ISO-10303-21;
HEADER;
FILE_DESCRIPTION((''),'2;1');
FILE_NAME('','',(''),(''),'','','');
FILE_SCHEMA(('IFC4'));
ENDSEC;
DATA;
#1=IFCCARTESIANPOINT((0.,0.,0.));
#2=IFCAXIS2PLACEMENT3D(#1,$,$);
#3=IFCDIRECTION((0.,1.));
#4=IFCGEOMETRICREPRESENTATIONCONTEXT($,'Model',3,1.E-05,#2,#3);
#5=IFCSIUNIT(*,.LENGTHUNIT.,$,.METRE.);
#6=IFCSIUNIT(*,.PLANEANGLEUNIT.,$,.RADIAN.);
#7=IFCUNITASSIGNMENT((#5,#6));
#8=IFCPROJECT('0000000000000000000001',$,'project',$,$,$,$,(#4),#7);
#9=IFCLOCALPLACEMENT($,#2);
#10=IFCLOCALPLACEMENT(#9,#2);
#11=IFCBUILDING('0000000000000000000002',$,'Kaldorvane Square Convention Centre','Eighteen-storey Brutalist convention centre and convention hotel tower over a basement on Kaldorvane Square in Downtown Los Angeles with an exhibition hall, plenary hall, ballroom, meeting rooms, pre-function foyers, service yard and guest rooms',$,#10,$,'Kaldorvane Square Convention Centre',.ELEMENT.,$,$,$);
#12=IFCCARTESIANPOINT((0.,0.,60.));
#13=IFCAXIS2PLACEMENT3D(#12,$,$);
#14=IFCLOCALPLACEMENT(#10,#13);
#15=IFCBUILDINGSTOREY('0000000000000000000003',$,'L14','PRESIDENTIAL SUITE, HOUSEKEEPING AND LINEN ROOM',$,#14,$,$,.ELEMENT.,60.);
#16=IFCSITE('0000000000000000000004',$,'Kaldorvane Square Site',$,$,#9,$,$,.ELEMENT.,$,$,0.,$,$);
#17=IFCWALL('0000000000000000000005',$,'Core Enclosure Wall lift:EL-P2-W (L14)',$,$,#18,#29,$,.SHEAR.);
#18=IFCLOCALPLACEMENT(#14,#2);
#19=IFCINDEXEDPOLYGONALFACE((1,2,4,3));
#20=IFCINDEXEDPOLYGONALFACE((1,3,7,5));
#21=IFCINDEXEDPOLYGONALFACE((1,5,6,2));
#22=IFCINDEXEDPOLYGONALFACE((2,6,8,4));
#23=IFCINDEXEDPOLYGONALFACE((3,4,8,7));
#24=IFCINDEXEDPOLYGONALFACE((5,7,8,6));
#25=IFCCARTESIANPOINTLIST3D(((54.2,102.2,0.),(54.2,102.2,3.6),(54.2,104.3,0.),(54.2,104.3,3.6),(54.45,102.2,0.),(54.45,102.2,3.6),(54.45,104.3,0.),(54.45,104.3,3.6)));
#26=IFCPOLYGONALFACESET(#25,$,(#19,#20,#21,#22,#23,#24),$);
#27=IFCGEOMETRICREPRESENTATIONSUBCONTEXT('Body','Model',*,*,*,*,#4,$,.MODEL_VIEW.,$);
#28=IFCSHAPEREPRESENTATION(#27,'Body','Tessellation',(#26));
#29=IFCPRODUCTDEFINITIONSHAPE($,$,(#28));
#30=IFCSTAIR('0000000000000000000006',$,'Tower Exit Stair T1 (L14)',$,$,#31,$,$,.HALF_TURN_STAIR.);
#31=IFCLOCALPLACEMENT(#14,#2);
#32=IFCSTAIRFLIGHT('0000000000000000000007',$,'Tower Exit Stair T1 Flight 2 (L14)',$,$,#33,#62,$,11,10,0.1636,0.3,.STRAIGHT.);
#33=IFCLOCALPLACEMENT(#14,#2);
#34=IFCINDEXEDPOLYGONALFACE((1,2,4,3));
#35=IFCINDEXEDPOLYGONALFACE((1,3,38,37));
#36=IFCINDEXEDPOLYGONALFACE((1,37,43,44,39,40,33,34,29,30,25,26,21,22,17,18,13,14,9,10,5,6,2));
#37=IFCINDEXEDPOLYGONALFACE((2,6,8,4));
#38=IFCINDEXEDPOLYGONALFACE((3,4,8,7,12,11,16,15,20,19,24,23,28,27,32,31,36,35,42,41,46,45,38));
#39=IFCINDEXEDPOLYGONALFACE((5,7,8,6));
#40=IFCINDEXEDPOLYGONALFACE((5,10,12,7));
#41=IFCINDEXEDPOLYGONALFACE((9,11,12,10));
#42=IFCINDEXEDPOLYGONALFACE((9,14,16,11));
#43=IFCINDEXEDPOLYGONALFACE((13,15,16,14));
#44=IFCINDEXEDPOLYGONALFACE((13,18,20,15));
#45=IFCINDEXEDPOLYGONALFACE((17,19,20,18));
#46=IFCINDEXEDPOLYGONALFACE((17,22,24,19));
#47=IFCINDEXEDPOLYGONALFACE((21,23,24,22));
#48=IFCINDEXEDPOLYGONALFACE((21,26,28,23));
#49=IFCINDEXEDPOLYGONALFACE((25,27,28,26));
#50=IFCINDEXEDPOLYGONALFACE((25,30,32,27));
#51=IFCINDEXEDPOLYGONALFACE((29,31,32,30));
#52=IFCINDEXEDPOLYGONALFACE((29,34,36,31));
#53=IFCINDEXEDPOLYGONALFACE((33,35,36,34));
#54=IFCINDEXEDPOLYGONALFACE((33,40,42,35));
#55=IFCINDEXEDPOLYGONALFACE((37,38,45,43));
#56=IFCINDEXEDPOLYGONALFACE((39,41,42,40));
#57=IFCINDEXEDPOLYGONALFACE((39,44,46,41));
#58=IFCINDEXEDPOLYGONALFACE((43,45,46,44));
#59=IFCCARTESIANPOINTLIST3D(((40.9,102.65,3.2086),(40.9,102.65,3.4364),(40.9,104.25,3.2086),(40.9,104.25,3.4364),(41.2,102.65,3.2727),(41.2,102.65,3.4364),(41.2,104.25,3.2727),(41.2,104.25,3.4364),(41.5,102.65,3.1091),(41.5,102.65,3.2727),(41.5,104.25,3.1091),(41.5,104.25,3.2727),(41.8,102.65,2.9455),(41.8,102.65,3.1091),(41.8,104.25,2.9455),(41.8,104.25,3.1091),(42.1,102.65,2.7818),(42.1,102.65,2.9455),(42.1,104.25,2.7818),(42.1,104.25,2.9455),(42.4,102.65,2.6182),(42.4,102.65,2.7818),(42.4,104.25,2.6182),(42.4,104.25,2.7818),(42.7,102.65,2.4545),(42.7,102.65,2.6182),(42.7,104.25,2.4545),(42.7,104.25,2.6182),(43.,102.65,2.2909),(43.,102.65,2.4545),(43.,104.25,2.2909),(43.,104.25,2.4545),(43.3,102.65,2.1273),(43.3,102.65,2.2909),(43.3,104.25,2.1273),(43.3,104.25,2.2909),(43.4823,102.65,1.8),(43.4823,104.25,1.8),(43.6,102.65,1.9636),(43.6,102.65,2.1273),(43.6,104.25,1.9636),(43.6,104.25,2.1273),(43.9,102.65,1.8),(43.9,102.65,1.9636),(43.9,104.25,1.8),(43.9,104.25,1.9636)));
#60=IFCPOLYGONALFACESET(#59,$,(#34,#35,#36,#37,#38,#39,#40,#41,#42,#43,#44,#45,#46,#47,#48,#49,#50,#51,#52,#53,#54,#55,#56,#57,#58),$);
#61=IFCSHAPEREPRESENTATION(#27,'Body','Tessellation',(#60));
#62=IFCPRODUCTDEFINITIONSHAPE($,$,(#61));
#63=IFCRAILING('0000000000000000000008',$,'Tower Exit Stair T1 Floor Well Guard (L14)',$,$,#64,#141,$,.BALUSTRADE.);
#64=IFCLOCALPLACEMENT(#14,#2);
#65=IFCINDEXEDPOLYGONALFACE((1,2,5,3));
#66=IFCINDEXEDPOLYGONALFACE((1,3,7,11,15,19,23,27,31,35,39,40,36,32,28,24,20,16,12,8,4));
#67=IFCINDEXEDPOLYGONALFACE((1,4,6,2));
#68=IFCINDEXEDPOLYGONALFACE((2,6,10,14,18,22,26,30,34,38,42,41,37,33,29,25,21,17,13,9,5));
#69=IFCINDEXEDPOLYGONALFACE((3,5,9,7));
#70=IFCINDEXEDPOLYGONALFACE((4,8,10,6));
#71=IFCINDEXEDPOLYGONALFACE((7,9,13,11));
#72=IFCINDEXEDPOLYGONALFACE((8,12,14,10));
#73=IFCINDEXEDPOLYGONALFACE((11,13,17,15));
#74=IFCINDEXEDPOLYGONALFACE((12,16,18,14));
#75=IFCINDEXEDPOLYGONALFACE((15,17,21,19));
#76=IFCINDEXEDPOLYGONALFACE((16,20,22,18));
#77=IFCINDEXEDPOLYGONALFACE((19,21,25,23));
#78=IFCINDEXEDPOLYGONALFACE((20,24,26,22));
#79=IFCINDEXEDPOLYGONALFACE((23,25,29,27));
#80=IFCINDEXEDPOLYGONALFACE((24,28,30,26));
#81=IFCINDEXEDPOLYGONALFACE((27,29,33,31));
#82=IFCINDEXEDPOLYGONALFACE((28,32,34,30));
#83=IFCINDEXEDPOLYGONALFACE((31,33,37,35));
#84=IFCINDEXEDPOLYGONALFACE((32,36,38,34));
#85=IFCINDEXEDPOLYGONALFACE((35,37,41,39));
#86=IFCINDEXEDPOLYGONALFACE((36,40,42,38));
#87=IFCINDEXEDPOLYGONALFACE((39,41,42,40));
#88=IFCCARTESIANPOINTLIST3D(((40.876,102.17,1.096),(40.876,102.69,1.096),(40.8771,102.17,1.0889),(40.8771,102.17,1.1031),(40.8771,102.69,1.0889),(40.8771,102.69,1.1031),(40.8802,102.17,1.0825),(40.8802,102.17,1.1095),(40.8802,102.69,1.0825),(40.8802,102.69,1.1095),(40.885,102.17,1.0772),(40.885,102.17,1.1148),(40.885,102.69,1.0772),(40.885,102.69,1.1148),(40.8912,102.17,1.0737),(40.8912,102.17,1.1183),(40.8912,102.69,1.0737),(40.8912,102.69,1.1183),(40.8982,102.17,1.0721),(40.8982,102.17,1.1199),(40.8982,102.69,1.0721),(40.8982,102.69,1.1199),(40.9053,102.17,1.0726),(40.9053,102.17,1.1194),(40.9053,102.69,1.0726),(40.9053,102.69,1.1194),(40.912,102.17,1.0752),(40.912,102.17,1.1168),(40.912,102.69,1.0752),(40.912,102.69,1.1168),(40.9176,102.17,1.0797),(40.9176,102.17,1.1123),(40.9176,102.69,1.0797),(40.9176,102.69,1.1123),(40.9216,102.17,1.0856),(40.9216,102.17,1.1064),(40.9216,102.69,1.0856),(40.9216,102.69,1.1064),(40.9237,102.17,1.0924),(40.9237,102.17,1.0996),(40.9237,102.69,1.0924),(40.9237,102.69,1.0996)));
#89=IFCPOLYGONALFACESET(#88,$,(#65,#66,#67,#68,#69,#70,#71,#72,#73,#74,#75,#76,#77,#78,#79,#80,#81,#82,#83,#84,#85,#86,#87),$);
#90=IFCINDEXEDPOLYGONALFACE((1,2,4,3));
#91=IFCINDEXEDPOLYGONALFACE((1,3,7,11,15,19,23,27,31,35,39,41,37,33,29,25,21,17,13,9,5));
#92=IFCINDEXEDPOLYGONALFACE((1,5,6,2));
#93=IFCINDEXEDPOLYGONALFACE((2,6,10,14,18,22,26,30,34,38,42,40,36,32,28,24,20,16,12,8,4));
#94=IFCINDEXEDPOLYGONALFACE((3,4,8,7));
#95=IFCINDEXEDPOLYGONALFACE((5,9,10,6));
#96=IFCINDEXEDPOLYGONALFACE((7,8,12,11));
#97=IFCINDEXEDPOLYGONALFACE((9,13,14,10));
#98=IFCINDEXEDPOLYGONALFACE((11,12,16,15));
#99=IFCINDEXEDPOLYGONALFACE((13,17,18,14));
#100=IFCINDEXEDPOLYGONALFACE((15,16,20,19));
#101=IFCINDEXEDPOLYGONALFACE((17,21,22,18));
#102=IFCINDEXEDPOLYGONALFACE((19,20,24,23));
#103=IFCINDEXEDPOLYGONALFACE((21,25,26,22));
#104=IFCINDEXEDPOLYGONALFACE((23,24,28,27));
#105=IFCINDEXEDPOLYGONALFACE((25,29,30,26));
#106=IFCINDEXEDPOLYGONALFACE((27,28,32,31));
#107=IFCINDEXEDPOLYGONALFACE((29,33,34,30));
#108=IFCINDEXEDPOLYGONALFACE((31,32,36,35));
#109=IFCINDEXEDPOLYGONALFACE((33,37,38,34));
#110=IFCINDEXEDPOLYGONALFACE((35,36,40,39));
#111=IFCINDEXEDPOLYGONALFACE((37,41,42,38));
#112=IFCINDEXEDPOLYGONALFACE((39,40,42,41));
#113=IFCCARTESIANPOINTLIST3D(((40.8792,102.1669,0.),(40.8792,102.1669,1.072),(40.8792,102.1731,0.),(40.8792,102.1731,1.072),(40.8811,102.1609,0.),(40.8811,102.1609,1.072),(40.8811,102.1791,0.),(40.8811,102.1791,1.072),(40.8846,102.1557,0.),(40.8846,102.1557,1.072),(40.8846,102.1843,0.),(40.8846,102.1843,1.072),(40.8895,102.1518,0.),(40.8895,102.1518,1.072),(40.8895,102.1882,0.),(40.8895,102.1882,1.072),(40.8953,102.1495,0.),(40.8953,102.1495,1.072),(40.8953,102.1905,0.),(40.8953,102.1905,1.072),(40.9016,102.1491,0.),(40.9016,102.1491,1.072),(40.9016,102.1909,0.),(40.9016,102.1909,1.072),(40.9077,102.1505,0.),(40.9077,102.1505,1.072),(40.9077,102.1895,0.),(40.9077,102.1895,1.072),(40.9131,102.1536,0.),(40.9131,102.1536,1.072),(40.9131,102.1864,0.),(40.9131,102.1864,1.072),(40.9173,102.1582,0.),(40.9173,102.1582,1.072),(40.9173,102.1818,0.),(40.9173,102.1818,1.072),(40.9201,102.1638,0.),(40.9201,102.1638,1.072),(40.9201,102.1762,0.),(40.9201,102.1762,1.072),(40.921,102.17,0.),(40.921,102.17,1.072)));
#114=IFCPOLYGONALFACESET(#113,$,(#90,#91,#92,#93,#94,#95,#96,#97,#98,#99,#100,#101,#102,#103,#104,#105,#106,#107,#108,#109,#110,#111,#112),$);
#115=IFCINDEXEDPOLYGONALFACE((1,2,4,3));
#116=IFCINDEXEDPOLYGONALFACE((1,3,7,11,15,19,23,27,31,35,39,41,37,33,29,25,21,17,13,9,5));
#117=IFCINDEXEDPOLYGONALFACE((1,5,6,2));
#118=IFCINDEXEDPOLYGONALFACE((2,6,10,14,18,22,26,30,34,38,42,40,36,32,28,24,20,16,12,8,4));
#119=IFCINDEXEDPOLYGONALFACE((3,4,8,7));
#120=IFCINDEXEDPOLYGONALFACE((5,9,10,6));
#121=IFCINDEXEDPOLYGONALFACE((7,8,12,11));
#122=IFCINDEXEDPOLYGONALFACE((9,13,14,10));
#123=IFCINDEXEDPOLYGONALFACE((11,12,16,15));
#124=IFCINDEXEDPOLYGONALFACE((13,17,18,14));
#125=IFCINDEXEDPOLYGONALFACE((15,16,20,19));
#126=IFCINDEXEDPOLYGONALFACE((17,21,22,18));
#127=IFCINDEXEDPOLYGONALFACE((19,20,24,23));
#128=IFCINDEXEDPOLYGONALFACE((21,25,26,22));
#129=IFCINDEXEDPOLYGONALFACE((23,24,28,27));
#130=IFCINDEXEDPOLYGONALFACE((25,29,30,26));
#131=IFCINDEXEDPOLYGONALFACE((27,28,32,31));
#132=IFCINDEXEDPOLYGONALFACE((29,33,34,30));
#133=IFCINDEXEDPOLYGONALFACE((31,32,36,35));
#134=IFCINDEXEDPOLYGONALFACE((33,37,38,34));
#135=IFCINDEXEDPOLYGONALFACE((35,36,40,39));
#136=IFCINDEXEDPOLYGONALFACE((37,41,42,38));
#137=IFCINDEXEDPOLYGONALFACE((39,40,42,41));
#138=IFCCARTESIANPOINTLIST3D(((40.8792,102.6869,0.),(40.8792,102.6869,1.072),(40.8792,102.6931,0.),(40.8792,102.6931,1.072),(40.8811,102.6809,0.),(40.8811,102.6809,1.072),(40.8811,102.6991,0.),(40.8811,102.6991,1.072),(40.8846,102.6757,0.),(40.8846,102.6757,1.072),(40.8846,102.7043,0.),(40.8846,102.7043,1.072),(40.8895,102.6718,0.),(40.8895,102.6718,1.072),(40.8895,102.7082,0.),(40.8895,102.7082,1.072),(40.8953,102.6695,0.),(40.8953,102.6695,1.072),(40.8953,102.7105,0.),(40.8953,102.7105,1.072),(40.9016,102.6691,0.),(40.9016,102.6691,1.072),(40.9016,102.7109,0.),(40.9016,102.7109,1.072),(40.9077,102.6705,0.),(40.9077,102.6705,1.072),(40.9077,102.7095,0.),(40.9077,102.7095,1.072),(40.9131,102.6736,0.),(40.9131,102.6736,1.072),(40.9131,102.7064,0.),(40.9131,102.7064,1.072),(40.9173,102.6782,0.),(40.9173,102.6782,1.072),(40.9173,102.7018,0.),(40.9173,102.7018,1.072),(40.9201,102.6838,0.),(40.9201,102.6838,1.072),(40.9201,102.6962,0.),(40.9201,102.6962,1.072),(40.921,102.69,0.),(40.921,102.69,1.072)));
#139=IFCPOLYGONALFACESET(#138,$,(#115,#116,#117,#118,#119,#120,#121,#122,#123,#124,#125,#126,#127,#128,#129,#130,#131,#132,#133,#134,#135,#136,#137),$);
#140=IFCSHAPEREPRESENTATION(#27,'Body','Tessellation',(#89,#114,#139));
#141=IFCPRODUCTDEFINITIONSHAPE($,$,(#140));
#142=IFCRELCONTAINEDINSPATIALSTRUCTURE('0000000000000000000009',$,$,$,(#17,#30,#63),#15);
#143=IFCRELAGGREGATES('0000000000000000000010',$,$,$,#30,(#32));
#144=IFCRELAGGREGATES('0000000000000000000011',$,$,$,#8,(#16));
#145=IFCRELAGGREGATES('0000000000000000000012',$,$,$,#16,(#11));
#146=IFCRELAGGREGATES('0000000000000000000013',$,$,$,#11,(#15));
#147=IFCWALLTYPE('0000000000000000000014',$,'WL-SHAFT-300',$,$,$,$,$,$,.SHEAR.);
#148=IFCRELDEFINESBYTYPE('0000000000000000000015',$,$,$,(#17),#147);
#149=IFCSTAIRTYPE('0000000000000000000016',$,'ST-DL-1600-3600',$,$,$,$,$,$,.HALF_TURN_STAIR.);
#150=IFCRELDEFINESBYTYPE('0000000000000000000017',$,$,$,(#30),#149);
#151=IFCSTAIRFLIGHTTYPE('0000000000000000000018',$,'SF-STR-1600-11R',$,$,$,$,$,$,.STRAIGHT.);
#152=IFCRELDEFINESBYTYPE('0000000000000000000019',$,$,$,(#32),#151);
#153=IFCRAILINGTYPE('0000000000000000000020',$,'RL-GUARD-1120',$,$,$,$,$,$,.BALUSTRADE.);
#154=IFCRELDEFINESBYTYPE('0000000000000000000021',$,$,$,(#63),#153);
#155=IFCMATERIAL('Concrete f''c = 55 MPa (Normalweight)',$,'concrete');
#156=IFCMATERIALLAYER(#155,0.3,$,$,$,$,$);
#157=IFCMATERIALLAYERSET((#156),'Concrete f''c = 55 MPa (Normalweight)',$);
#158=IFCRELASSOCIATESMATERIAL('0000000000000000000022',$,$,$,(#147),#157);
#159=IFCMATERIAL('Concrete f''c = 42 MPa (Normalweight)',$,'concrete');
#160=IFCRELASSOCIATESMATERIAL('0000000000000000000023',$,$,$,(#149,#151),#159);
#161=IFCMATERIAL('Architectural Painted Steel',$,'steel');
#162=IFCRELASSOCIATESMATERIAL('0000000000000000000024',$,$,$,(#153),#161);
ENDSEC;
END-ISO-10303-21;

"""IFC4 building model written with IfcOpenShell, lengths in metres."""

from ifc_helpers import new_model, si_unit, direction, frame, frame_2d, origin, origin_2d, place, context, subcontext, project, spatial, polyline, rectangle, circle, outline, extrude, material, layer, layer_set, type_object, element, aggregate, save


model = new_model("IFC4")

# Units and contexts
model_context = context("Model", 3, precision=1e-05, world=origin(), true_north=direction((0.0, 1.0)))
body_context = subcontext(model_context, "Body", "Model", "MODEL_VIEW")
ifc_project = project(units=[si_unit("LENGTHUNIT", "METRE"), si_unit("PLANEANGLEUNIT", "RADIAN")], contexts=[model_context])

# Site, building, storey
site_placement = place(None, origin())
site = spatial("IfcSite", under=ifc_project, at=site_placement, Name="Kaldorvane Square Site", CompositionType="ELEMENT", RefElevation=0.0)
building_placement = place(site_placement, origin())
building = spatial("IfcBuilding", under=site, at=building_placement, Name="Kaldorvane Square Convention Centre", Description="Eighteen-storey Brutalist convention centre and convention hotel tower over a basement on Kaldorvane Square in Downtown Los Angeles with an exhibition hall, plenary hall, ballroom, meeting rooms, pre-function foyers, service yard and guest rooms", LongName="Kaldorvane Square Convention Centre", CompositionType="ELEMENT")
storey_placement = place(building_placement, frame((0.0, 0.0, 60.0)))
storey = spatial("IfcBuildingStorey", under=building, at=storey_placement, Name="L14", Description="PRESIDENTIAL SUITE, HOUSEKEEPING AND LINEN ROOM", CompositionType="ELEMENT", Elevation=60.0)

# Shared definitions
ifc_material_1 = material(Name="Concrete f'c = 42 MPa (Normalweight)", Category="concrete")

# Wall
ifc_material_2 = material(Name="Concrete f'c = 55 MPa (Normalweight)", Category="concrete")
ifc_layer = layer(ifc_material_2, 0.3)
ifc_layer_set = layer_set([ifc_layer], Name="Concrete f'c = 55 MPa (Normalweight)")
wall_type = type_object("IfcWallType", Name="WL-SHAFT-300", PredefinedType="SHEAR", material=ifc_layer_set)
for number, where, z_axis, x_axis, name in (
    (1, (54.325, 104.3, 0.0), (0.0, 0.0, 1.0), (0.0, -1.0, 0.0), "Core Enclosure Wall lift:EL-P2-W (L14)"),
):
    element("IfcWall", number, at=place(storey_placement, frame(where, z_axis=z_axis, x_axis=x_axis)), inside=storey, type_object=wall_type, Name=name, PredefinedType="SHEAR", context=body_context, shape_type="SweptSolid", body=[
        extrude(rectangle(XDim=2.1, YDim=0.25, at=frame_2d((1.05, 0.0))), origin(), (0.0, 0.0, 1.0), 3.6),
    ])

# Stair, stair flight
stair_type = type_object("IfcStairType", Name="ST-DL-1600-3600", PredefinedType="HALF_TURN_STAIR", material=ifc_material_1)
stair_placement = place(storey_placement, origin())
stair = element("IfcStair", 2, at=stair_placement, inside=storey, type_object=stair_type, Name="Tower Exit Stair T1 (L14)", PredefinedType="HALF_TURN_STAIR")
stair_flight_type = type_object("IfcStairFlightType", Name="SF-STR-1600-11R", PredefinedType="STRAIGHT", material=ifc_material_1)
stair_flight_placement = place(storey_placement, frame((43.9, 103.45, 1.8), z_axis=(0.0, 0.0, 1.0), x_axis=(-1.0, 0.0, 0.0)))
stair_flight = element("IfcStairFlight", 3, at=stair_flight_placement, type_object=stair_flight_type, Name="Tower Exit Stair T1 Flight 2 (L14)", NumberOfRisers=11, NumberOfTreads=10, PredefinedType="STRAIGHT", RiserHeight=0.1636, TreadLength=0.3, context=body_context, shape_type="SweptSolid", body=[
    extrude(outline(polyline([(0.0, 0.0), (0.0, 0.1636), (0.3, 0.1636), (0.3, 0.3273), (0.6, 0.3273), (0.6, 0.4909), (0.9, 0.4909), (0.9, 0.6545), (1.2, 0.6545), (1.2, 0.8182), (1.5, 0.8182), (1.5, 0.9818), (1.8, 0.9818), (1.8, 1.1455), (2.1, 1.1455), (2.1, 1.3091), (2.4, 1.3091), (2.4, 1.4727), (2.7, 1.4727), (2.7, 1.6364), (3.0, 1.6364), (3.0, 1.8), (3.0, 1.4086), (0.4177, 0.0), (0.0, 0.0)])), frame((0.0, 0.8, 0.0), z_axis=(0.0, -1.0, 0.0), x_axis=(1.0, 0.0, 0.0)), (0.0, 0.0, 1.0), 1.6),
])
aggregate(stair, [stair_flight])

# Railing
ifc_material_3 = material(Name="Architectural Painted Steel", Category="steel")
railing_type_1 = type_object("IfcRailingType", Name="RL-GUARD-1120", PredefinedType="BALUSTRADE", material=ifc_material_3)
for number, where, name in (
    (4, (40.9, 102.17, 0.0), "Tower Exit Stair T1 Floor Well Guard (L14)"),
):
    element("IfcRailing", number, at=place(storey_placement, frame(where)), inside=storey, type_object=railing_type_1, Name=name, PredefinedType="BALUSTRADE", context=body_context, shape_type="SweptSolid", body=[
        extrude(circle(Radius=0.024, at=origin_2d()), frame((0.0, 0.0, 1.096), z_axis=(0.0, 1.0, 0.0), x_axis=(-1.0, 0.0, 0.0)), (0.0, 0.0, 1.0), 0.52),
        extrude(circle(Radius=0.021, at=origin_2d()), origin(), (0.0, 0.0, 1.0), 1.072),
        extrude(circle(Radius=0.021, at=origin_2d()), frame((0.0, 0.52, 0.0)), (0.0, 0.0, 1.0), 1.072),
    ])

save(model, "model.ifc")
